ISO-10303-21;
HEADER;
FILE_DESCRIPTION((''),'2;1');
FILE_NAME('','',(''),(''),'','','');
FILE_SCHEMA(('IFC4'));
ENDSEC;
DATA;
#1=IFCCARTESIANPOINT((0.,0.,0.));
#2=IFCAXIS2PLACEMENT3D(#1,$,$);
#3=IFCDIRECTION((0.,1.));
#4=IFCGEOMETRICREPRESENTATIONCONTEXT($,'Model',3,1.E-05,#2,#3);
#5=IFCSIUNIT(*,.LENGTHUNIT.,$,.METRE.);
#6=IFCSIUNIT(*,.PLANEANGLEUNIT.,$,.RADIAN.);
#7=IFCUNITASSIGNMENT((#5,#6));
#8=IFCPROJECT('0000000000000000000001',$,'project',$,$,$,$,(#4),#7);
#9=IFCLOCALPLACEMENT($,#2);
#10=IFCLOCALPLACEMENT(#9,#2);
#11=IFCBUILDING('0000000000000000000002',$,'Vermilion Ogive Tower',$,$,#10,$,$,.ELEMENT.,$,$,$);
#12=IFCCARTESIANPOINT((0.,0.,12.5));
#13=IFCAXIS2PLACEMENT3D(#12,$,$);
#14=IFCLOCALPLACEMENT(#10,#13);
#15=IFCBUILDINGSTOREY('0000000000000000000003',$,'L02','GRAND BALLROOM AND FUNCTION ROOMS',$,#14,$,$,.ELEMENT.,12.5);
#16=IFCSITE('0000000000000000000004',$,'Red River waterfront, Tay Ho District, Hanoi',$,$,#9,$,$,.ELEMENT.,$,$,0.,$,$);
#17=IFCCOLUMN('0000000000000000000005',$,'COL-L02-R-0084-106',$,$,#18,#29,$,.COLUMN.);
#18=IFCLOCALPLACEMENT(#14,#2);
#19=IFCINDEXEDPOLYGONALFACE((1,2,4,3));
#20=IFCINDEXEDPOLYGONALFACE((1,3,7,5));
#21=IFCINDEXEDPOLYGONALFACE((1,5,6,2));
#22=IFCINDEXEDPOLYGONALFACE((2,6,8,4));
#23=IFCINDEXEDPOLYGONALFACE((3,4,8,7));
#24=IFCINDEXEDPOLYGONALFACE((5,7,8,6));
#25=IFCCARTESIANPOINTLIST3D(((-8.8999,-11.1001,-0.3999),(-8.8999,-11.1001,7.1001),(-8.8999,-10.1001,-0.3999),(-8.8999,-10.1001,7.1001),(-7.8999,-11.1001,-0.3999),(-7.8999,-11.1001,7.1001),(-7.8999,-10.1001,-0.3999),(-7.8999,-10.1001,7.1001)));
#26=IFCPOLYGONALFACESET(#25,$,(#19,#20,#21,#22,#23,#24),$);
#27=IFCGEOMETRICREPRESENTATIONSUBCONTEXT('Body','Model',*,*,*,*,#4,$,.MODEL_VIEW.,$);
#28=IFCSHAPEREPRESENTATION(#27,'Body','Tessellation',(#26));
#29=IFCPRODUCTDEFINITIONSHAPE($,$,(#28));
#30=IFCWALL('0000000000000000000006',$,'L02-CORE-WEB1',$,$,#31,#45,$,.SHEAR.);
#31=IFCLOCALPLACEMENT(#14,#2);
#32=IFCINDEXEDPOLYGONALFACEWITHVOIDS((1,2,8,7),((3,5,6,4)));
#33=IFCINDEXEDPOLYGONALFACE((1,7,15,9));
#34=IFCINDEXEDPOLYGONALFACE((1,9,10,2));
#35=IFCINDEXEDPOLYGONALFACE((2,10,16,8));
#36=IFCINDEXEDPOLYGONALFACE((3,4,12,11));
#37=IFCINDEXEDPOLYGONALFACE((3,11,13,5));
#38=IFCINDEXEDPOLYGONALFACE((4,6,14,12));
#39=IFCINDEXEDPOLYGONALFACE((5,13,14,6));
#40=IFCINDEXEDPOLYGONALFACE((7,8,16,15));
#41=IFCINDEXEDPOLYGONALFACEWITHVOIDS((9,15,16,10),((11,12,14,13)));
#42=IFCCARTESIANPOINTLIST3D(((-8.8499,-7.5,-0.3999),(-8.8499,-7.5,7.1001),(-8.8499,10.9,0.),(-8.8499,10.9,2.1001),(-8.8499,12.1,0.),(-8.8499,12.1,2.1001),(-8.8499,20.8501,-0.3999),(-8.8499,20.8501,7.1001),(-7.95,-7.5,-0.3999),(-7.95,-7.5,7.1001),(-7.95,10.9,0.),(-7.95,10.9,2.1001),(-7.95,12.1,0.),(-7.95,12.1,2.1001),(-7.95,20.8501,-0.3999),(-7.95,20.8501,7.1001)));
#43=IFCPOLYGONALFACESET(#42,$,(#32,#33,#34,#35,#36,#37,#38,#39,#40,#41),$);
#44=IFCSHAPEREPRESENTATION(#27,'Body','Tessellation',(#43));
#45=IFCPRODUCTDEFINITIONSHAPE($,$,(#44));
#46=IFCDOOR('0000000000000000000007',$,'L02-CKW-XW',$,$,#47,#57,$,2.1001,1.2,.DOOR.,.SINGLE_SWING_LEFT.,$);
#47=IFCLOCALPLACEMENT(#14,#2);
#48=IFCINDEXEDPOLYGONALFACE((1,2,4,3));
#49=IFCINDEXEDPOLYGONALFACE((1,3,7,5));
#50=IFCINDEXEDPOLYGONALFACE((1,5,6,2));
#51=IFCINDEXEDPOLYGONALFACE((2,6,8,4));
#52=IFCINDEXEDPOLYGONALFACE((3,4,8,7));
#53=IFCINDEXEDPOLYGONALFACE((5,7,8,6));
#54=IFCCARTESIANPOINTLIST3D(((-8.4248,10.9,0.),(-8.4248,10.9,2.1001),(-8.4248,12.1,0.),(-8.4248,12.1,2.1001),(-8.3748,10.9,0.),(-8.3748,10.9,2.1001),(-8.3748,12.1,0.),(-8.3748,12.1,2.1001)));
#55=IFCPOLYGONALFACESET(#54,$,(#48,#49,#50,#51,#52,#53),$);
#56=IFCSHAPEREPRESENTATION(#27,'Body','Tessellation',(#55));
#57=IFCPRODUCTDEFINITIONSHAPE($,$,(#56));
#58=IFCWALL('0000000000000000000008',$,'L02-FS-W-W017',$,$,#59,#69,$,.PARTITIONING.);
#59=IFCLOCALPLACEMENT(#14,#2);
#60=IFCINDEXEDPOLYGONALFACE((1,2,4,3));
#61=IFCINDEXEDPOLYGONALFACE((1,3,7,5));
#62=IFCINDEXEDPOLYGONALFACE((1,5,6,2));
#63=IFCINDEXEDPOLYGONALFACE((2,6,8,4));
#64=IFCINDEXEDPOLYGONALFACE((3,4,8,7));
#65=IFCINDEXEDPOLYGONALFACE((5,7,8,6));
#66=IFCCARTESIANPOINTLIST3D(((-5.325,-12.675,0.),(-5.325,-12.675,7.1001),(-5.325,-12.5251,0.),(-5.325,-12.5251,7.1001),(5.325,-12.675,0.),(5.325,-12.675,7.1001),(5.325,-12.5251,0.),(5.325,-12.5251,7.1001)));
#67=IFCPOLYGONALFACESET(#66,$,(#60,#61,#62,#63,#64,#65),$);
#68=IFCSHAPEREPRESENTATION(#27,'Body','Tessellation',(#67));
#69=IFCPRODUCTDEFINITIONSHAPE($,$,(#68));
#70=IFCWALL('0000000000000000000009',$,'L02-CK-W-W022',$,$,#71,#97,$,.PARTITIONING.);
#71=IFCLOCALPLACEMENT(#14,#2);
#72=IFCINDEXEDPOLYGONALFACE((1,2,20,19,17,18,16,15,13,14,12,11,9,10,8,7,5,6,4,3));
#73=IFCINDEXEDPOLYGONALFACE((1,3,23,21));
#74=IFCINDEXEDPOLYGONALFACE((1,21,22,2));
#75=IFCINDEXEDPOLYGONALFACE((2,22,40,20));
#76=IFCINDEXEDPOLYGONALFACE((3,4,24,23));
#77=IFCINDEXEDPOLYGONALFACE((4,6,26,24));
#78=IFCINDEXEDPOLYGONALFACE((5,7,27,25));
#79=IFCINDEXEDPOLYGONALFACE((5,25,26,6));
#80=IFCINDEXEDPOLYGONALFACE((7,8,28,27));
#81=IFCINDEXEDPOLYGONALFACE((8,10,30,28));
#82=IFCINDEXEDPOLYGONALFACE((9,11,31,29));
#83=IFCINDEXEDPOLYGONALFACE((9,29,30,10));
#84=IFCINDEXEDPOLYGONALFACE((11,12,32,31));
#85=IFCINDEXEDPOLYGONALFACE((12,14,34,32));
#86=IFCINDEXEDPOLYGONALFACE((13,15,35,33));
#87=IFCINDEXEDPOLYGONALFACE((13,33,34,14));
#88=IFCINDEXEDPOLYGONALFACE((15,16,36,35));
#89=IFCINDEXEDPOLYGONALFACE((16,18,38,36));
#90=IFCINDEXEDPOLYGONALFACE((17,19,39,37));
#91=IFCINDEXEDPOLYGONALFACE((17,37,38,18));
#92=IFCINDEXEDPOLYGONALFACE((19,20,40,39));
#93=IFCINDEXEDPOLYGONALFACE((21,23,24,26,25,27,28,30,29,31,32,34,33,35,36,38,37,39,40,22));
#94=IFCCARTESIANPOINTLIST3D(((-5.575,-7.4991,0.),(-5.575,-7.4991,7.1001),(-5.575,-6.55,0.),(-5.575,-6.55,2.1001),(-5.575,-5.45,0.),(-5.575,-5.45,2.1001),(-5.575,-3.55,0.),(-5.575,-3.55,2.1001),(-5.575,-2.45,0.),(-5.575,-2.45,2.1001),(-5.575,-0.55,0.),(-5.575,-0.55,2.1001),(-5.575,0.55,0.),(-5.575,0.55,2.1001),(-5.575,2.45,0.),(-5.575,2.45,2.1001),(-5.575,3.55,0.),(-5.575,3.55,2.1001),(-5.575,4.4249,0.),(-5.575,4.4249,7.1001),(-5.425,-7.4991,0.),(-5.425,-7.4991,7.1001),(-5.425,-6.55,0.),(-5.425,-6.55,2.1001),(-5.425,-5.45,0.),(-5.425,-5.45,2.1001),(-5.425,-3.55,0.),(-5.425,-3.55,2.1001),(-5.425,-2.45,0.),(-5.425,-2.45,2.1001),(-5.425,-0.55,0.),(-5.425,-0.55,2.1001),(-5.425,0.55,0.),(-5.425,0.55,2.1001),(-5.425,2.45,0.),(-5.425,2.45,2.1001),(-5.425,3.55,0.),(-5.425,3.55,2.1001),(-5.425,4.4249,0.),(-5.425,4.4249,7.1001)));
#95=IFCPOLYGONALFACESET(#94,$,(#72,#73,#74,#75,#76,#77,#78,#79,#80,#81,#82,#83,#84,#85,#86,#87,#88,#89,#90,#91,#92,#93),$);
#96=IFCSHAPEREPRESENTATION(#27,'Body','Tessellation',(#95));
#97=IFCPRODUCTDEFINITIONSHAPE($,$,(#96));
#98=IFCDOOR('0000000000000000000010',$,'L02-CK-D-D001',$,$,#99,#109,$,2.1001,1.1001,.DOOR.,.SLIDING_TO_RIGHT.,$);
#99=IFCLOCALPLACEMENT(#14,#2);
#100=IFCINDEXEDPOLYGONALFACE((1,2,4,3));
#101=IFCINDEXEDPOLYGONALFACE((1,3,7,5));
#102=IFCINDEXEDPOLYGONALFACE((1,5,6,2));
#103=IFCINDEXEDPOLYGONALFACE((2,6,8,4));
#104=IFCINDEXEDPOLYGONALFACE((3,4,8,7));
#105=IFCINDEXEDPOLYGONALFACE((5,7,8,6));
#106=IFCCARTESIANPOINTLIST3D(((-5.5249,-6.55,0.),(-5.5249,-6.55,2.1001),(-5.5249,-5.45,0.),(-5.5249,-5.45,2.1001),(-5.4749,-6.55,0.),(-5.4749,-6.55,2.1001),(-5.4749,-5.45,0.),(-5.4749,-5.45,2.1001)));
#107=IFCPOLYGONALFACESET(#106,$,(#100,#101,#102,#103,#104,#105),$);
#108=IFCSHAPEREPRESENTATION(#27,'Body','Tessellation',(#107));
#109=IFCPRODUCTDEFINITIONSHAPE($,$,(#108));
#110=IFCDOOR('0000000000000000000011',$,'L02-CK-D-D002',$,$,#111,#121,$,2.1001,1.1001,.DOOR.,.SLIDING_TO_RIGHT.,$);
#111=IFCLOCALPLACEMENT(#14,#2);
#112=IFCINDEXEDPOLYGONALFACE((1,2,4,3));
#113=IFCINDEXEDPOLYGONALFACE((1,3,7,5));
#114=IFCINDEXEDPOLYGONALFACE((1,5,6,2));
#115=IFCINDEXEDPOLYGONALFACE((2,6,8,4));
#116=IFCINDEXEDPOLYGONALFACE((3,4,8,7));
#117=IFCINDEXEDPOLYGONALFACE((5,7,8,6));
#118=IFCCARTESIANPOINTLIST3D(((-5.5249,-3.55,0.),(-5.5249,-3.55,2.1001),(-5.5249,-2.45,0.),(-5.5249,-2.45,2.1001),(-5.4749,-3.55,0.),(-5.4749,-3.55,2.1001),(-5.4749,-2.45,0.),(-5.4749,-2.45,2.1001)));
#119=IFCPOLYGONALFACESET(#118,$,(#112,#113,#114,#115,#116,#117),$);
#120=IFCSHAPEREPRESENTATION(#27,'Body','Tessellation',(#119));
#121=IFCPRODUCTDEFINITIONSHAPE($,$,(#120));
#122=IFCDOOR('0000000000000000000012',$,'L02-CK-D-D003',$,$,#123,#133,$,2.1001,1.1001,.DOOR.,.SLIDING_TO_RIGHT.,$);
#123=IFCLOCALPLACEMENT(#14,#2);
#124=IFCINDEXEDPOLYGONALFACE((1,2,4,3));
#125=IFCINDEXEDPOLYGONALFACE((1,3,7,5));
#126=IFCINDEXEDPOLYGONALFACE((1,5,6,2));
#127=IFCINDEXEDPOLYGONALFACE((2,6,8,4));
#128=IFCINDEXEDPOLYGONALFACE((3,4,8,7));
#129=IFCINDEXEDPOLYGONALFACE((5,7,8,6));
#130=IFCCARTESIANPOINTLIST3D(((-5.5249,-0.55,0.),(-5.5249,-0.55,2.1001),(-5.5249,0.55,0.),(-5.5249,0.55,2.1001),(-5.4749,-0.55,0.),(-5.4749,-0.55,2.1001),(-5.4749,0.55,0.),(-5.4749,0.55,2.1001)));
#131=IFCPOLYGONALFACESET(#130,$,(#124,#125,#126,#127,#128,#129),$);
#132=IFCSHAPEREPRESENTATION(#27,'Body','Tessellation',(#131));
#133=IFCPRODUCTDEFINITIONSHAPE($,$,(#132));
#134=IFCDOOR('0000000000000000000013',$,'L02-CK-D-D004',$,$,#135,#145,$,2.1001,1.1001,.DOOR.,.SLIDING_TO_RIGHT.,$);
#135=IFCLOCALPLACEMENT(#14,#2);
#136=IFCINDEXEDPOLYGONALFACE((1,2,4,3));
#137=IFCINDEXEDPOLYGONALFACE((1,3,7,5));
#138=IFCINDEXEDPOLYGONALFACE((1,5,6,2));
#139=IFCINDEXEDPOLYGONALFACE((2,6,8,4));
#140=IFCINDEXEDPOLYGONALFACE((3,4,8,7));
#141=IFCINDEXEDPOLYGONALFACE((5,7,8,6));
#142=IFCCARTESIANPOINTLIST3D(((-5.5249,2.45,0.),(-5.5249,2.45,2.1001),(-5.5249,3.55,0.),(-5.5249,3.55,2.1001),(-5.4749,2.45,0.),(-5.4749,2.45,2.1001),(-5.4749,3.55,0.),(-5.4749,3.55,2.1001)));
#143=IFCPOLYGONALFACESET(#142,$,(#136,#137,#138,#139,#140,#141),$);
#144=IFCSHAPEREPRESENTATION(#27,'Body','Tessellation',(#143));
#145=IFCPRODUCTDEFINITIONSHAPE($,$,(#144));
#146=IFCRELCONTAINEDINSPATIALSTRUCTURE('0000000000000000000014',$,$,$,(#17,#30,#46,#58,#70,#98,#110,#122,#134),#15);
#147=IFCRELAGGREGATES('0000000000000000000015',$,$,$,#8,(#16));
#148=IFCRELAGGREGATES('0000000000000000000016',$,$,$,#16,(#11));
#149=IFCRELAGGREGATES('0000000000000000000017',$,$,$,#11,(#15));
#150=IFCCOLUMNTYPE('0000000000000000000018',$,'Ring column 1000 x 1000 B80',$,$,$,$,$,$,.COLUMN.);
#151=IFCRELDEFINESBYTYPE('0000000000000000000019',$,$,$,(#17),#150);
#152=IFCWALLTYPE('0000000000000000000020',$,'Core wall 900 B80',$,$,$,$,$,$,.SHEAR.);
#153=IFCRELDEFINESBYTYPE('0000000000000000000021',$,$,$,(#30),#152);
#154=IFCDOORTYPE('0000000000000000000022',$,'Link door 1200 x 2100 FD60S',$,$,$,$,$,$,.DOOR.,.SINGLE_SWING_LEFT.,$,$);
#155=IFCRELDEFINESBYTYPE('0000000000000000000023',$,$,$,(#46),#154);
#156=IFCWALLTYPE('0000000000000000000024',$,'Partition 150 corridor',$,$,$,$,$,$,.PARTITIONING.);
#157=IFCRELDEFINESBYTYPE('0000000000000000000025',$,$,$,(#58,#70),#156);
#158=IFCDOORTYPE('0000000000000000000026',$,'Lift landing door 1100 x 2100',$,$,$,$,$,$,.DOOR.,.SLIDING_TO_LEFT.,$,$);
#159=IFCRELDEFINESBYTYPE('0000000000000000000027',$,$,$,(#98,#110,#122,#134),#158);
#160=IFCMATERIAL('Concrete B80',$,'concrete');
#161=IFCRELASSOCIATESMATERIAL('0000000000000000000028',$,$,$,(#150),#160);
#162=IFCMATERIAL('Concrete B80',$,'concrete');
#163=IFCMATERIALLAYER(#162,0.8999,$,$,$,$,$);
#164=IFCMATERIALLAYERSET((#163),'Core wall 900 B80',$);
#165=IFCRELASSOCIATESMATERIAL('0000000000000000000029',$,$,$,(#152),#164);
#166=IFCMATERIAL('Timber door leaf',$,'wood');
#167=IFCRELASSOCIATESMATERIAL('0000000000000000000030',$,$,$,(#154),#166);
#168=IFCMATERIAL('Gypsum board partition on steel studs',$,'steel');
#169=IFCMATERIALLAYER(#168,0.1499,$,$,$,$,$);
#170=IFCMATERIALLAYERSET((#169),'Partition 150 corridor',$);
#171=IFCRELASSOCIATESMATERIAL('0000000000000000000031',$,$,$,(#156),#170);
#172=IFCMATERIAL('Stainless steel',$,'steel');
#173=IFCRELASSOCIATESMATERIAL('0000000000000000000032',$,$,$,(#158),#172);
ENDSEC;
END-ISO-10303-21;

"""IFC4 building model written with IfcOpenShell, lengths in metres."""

from ifc_helpers import new_model, si_unit, direction, frame, frame_2d, origin, origin_2d, place, context, subcontext, project, spatial, rectangle, extrude, material, layer, layer_set, material_profile, profile_set, type_object, element, fill, save


model = new_model("IFC4")

# Units and contexts
model_context = context("Model", 3, precision=1e-05, world=origin(), true_north=direction((0.0, 1.0)))
body_context = subcontext(model_context, "Body", "Model", "MODEL_VIEW")
ifc_project = project(units=[si_unit("LENGTHUNIT", "METRE"), si_unit("PLANEANGLEUNIT", "RADIAN")], contexts=[model_context])

# Site, building, storey
site_placement = place(None, origin())
site = spatial("IfcSite", under=ifc_project, at=site_placement, Name="Red River waterfront, Tay Ho District, Hanoi", CompositionType="ELEMENT", RefElevation=0.0)
building_placement = place(site_placement, origin())
building = spatial("IfcBuilding", under=site, at=building_placement, Name="Vermilion Ogive Tower", CompositionType="ELEMENT")
storey_placement = place(building_placement, frame((0.0, 0.0, 12.5)))
storey = spatial("IfcBuildingStorey", under=building, at=storey_placement, Name="L02", Description="GRAND BALLROOM AND FUNCTION ROOMS", CompositionType="ELEMENT", Elevation=12.5)

# Column
ifc_material_1 = material(Name="Concrete B80", Category="concrete")
ifc_material_profile = material_profile(ifc_material_1, rectangle(XDim=1.0, YDim=1.0, at=origin_2d()), Name="1000 x 1000")
ifc_profile_set = profile_set([ifc_material_profile], Name="Concrete B80")
column_type = type_object("IfcColumnType", Name="Ring column 1000 x 1000 B80", PredefinedType="COLUMN", material=ifc_profile_set)
column_placement = place(storey_placement, frame((-8.3999, -10.6001, -0.3999), z_axis=(0.0, 0.0, 1.0), x_axis=(1.0, 0.0, 0.0)))
element("IfcColumn", 1, at=column_placement, inside=storey, type_object=column_type, Name="COL-L02-R-0084-106", PredefinedType="COLUMN", context=body_context, shape_type="SweptSolid", body=[
    extrude(rectangle(XDim=1.0, YDim=1.0, at=origin_2d()), origin(), (0.0, 0.0, 1.0), 7.5),
])

# Wall, opening, door
ifc_material_2 = material(Name="Concrete B80", Category="concrete")
ifc_layer_1 = layer(ifc_material_2, 0.8999)
ifc_layer_set_1 = layer_set([ifc_layer_1], Name="Core wall 900 B80")
wall_type_1 = type_object("IfcWallType", Name="Core wall 900 B80", PredefinedType="SHEAR", material=ifc_layer_set_1)
wall_1_placement = place(storey_placement, frame((-8.3999, -7.5, -0.3999), z_axis=(0.0, 0.0, 1.0), x_axis=(0.0, 1.0, 0.0)))
wall_1 = element("IfcWall", 2, at=wall_1_placement, inside=storey, type_object=wall_type_1, Name="L02-CORE-WEB1", PredefinedType="SHEAR", context=body_context, shape_type="SweptSolid", body=[
    extrude(rectangle(XDim=28.3501, YDim=0.8999, at=frame_2d((14.175, 0.0))), origin(), (0.0, 0.0, 1.0), 7.5),
])
opening_1_placement = place(wall_1_placement, frame((18.3999, 0.0, 0.3999)))
opening_1 = element("IfcOpeningElement", 3, at=opening_1_placement, cuts=wall_1, PredefinedType="OPENING", context=body_context, shape_type="SweptSolid", body=[
    extrude(rectangle(XDim=1.2, YDim=2.1001, at=frame_2d((0.6001, 1.05))), frame((0.0, 0.46, 0.0), z_axis=(0.0, -1.0, 0.0), x_axis=(1.0, 0.0, 0.0)), (0.0, 0.0, 1.0), 0.9199),
])
ifc_material_3 = material(Name="Timber door leaf", Category="wood")
door_type_1 = type_object("IfcDoorType", Name="Link door 1200 x 2100 FD60S", OperationType="SINGLE_SWING_LEFT", PredefinedType="DOOR", material=ifc_material_3)
door_1_placement = place(opening_1_placement, origin())
door_1 = element("IfcDoor", 4, at=door_1_placement, inside=storey, type_object=door_type_1, Name="L02-CKW-XW", OperationType="SINGLE_SWING_LEFT", OverallHeight=2.1001, OverallWidth=1.2, PredefinedType="DOOR", context=body_context, shape_type="SweptSolid", body=[
    extrude(rectangle(XDim=1.2, YDim=2.1001, at=frame_2d((0.6001, 1.05))), frame((0.0, 0.0249, 0.0), z_axis=(0.0, -1.0, 0.0), x_axis=(1.0, 0.0, 0.0)), (0.0, 0.0, 1.0), 0.05),
])
fill(opening_1, door_1)

# Wall
ifc_material_4 = material(Name="Gypsum board partition on steel studs", Category="steel")
ifc_layer_2 = layer(ifc_material_4, 0.1499)
ifc_layer_set_2 = layer_set([ifc_layer_2], Name="Partition 150 corridor")
wall_type_2 = type_object("IfcWallType", Name="Partition 150 corridor", PredefinedType="PARTITIONING", material=ifc_layer_set_2)
wall_2_placement = place(storey_placement, frame((-5.325, -12.6001, 0.0), z_axis=(0.0, 0.0, 1.0), x_axis=(1.0, 0.0, 0.0)))
element("IfcWall", 5, at=wall_2_placement, inside=storey, type_object=wall_type_2, Name="L02-FS-W-W017", PredefinedType="PARTITIONING", context=body_context, shape_type="SweptSolid", body=[
    extrude(rectangle(XDim=10.6499, YDim=0.1499, at=frame_2d((5.325, 0.0))), origin(), (0.0, 0.0, 1.0), 7.1001),
])

# Wall, openings, doors
wall_3_placement = place(storey_placement, frame((-5.5, -7.499, 0.0), z_axis=(0.0, 0.0, 1.0), x_axis=(0.0, 1.0, 0.0)))
wall_3 = element("IfcWall", 6, at=wall_3_placement, inside=storey, type_object=wall_type_2, Name="L02-CK-W-W022", PredefinedType="PARTITIONING", context=body_context, shape_type="SweptSolid", body=[
    extrude(rectangle(XDim=11.9241, YDim=0.1499, at=frame_2d((5.9619, 0.0))), origin(), (0.0, 0.0, 1.0), 7.1001),
])
opening_2_placement = place(wall_3_placement, frame((0.949, 0.0, 0.0)))
opening_2 = element("IfcOpeningElement", 7, at=opening_2_placement, cuts=wall_3, PredefinedType="OPENING", context=body_context, shape_type="SweptSolid", body=[
    extrude(rectangle(XDim=1.1001, YDim=2.1001, at=frame_2d((0.55, 1.05))), frame((0.0, 0.085, 0.0), z_axis=(0.0, -1.0, 0.0), x_axis=(1.0, 0.0, 0.0)), (0.0, 0.0, 1.0), 0.1699),
])
opening_3_placement = place(wall_3_placement, frame((3.949, 0.0, 0.0)))
opening_3 = element("IfcOpeningElement", 8, at=opening_3_placement, cuts=wall_3, PredefinedType="OPENING", context=body_context, shape_type="SweptSolid", body=[
    extrude(rectangle(XDim=1.1001, YDim=2.1001, at=frame_2d((0.55, 1.05))), frame((0.0, 0.085, 0.0), z_axis=(0.0, -1.0, 0.0), x_axis=(1.0, 0.0, 0.0)), (0.0, 0.0, 1.0), 0.1699),
])
opening_4_placement = place(wall_3_placement, frame((6.949, 0.0, 0.0)))
opening_4 = element("IfcOpeningElement", 9, at=opening_4_placement, cuts=wall_3, PredefinedType="OPENING", context=body_context, shape_type="SweptSolid", body=[
    extrude(rectangle(XDim=1.1001, YDim=2.1001, at=frame_2d((0.55, 1.05))), frame((0.0, 0.085, 0.0), z_axis=(0.0, -1.0, 0.0), x_axis=(1.0, 0.0, 0.0)), (0.0, 0.0, 1.0), 0.1699),
])
opening_5_placement = place(wall_3_placement, frame((9.949, 0.0, 0.0)))
opening_5 = element("IfcOpeningElement", 10, at=opening_5_placement, cuts=wall_3, PredefinedType="OPENING", context=body_context, shape_type="SweptSolid", body=[
    extrude(rectangle(XDim=1.1001, YDim=2.1001, at=frame_2d((0.55, 1.05))), frame((0.0, 0.085, 0.0), z_axis=(0.0, -1.0, 0.0), x_axis=(1.0, 0.0, 0.0)), (0.0, 0.0, 1.0), 0.1699),
])
ifc_material_5 = material(Name="Stainless steel", Category="steel")
door_type_2 = type_object("IfcDoorType", Name="Lift landing door 1100 x 2100", OperationType="SLIDING_TO_LEFT", PredefinedType="DOOR", material=ifc_material_5)
door_2_placement = place(opening_2_placement, origin())
door_2 = element("IfcDoor", 11, at=door_2_placement, inside=storey, type_object=door_type_2, Name="L02-CK-D-D001", OperationType="SLIDING_TO_RIGHT", OverallHeight=2.1001, OverallWidth=1.1001, PredefinedType="DOOR", context=body_context, shape_type="SweptSolid", body=[
    extrude(rectangle(XDim=1.1001, YDim=2.1001, at=frame_2d((0.55, 1.05))), frame((0.0, 0.0249, 0.0), z_axis=(0.0, -1.0, 0.0), x_axis=(1.0, 0.0, 0.0)), (0.0, 0.0, 1.0), 0.05),
])
fill(opening_2, door_2)
door_3_placement = place(opening_3_placement, origin())
door_3 = element("IfcDoor", 12, at=door_3_placement, inside=storey, type_object=door_type_2, Name="L02-CK-D-D002", OperationType="SLIDING_TO_RIGHT", OverallHeight=2.1001, OverallWidth=1.1001, PredefinedType="DOOR", context=body_context, shape_type="SweptSolid", body=[
    extrude(rectangle(XDim=1.1001, YDim=2.1001, at=frame_2d((0.55, 1.05))), frame((0.0, 0.0249, 0.0), z_axis=(0.0, -1.0, 0.0), x_axis=(1.0, 0.0, 0.0)), (0.0, 0.0, 1.0), 0.05),
])
fill(opening_3, door_3)
door_4_placement = place(opening_4_placement, origin())
door_4 = element("IfcDoor", 13, at=door_4_placement, inside=storey, type_object=door_type_2, Name="L02-CK-D-D003", OperationType="SLIDING_TO_RIGHT", OverallHeight=2.1001, OverallWidth=1.1001, PredefinedType="DOOR", context=body_context, shape_type="SweptSolid", body=[
    extrude(rectangle(XDim=1.1001, YDim=2.1001, at=frame_2d((0.55, 1.05))), frame((0.0, 0.0249, 0.0), z_axis=(0.0, -1.0, 0.0), x_axis=(1.0, 0.0, 0.0)), (0.0, 0.0, 1.0), 0.05),
])
fill(opening_4, door_4)
door_5_placement = place(opening_5_placement, origin())
door_5 = element("IfcDoor", 14, at=door_5_placement, inside=storey, type_object=door_type_2, Name="L02-CK-D-D004", OperationType="SLIDING_TO_RIGHT", OverallHeight=2.1001, OverallWidth=1.1001, PredefinedType="DOOR", context=body_context, shape_type="SweptSolid", body=[
    extrude(rectangle(XDim=1.1001, YDim=2.1001, at=frame_2d((0.55, 1.05))), frame((0.0, 0.0249, 0.0), z_axis=(0.0, -1.0, 0.0), x_axis=(1.0, 0.0, 0.0)), (0.0, 0.0, 1.0), 0.05),
])
fill(opening_5, door_5)

save(model, "model.ifc")
